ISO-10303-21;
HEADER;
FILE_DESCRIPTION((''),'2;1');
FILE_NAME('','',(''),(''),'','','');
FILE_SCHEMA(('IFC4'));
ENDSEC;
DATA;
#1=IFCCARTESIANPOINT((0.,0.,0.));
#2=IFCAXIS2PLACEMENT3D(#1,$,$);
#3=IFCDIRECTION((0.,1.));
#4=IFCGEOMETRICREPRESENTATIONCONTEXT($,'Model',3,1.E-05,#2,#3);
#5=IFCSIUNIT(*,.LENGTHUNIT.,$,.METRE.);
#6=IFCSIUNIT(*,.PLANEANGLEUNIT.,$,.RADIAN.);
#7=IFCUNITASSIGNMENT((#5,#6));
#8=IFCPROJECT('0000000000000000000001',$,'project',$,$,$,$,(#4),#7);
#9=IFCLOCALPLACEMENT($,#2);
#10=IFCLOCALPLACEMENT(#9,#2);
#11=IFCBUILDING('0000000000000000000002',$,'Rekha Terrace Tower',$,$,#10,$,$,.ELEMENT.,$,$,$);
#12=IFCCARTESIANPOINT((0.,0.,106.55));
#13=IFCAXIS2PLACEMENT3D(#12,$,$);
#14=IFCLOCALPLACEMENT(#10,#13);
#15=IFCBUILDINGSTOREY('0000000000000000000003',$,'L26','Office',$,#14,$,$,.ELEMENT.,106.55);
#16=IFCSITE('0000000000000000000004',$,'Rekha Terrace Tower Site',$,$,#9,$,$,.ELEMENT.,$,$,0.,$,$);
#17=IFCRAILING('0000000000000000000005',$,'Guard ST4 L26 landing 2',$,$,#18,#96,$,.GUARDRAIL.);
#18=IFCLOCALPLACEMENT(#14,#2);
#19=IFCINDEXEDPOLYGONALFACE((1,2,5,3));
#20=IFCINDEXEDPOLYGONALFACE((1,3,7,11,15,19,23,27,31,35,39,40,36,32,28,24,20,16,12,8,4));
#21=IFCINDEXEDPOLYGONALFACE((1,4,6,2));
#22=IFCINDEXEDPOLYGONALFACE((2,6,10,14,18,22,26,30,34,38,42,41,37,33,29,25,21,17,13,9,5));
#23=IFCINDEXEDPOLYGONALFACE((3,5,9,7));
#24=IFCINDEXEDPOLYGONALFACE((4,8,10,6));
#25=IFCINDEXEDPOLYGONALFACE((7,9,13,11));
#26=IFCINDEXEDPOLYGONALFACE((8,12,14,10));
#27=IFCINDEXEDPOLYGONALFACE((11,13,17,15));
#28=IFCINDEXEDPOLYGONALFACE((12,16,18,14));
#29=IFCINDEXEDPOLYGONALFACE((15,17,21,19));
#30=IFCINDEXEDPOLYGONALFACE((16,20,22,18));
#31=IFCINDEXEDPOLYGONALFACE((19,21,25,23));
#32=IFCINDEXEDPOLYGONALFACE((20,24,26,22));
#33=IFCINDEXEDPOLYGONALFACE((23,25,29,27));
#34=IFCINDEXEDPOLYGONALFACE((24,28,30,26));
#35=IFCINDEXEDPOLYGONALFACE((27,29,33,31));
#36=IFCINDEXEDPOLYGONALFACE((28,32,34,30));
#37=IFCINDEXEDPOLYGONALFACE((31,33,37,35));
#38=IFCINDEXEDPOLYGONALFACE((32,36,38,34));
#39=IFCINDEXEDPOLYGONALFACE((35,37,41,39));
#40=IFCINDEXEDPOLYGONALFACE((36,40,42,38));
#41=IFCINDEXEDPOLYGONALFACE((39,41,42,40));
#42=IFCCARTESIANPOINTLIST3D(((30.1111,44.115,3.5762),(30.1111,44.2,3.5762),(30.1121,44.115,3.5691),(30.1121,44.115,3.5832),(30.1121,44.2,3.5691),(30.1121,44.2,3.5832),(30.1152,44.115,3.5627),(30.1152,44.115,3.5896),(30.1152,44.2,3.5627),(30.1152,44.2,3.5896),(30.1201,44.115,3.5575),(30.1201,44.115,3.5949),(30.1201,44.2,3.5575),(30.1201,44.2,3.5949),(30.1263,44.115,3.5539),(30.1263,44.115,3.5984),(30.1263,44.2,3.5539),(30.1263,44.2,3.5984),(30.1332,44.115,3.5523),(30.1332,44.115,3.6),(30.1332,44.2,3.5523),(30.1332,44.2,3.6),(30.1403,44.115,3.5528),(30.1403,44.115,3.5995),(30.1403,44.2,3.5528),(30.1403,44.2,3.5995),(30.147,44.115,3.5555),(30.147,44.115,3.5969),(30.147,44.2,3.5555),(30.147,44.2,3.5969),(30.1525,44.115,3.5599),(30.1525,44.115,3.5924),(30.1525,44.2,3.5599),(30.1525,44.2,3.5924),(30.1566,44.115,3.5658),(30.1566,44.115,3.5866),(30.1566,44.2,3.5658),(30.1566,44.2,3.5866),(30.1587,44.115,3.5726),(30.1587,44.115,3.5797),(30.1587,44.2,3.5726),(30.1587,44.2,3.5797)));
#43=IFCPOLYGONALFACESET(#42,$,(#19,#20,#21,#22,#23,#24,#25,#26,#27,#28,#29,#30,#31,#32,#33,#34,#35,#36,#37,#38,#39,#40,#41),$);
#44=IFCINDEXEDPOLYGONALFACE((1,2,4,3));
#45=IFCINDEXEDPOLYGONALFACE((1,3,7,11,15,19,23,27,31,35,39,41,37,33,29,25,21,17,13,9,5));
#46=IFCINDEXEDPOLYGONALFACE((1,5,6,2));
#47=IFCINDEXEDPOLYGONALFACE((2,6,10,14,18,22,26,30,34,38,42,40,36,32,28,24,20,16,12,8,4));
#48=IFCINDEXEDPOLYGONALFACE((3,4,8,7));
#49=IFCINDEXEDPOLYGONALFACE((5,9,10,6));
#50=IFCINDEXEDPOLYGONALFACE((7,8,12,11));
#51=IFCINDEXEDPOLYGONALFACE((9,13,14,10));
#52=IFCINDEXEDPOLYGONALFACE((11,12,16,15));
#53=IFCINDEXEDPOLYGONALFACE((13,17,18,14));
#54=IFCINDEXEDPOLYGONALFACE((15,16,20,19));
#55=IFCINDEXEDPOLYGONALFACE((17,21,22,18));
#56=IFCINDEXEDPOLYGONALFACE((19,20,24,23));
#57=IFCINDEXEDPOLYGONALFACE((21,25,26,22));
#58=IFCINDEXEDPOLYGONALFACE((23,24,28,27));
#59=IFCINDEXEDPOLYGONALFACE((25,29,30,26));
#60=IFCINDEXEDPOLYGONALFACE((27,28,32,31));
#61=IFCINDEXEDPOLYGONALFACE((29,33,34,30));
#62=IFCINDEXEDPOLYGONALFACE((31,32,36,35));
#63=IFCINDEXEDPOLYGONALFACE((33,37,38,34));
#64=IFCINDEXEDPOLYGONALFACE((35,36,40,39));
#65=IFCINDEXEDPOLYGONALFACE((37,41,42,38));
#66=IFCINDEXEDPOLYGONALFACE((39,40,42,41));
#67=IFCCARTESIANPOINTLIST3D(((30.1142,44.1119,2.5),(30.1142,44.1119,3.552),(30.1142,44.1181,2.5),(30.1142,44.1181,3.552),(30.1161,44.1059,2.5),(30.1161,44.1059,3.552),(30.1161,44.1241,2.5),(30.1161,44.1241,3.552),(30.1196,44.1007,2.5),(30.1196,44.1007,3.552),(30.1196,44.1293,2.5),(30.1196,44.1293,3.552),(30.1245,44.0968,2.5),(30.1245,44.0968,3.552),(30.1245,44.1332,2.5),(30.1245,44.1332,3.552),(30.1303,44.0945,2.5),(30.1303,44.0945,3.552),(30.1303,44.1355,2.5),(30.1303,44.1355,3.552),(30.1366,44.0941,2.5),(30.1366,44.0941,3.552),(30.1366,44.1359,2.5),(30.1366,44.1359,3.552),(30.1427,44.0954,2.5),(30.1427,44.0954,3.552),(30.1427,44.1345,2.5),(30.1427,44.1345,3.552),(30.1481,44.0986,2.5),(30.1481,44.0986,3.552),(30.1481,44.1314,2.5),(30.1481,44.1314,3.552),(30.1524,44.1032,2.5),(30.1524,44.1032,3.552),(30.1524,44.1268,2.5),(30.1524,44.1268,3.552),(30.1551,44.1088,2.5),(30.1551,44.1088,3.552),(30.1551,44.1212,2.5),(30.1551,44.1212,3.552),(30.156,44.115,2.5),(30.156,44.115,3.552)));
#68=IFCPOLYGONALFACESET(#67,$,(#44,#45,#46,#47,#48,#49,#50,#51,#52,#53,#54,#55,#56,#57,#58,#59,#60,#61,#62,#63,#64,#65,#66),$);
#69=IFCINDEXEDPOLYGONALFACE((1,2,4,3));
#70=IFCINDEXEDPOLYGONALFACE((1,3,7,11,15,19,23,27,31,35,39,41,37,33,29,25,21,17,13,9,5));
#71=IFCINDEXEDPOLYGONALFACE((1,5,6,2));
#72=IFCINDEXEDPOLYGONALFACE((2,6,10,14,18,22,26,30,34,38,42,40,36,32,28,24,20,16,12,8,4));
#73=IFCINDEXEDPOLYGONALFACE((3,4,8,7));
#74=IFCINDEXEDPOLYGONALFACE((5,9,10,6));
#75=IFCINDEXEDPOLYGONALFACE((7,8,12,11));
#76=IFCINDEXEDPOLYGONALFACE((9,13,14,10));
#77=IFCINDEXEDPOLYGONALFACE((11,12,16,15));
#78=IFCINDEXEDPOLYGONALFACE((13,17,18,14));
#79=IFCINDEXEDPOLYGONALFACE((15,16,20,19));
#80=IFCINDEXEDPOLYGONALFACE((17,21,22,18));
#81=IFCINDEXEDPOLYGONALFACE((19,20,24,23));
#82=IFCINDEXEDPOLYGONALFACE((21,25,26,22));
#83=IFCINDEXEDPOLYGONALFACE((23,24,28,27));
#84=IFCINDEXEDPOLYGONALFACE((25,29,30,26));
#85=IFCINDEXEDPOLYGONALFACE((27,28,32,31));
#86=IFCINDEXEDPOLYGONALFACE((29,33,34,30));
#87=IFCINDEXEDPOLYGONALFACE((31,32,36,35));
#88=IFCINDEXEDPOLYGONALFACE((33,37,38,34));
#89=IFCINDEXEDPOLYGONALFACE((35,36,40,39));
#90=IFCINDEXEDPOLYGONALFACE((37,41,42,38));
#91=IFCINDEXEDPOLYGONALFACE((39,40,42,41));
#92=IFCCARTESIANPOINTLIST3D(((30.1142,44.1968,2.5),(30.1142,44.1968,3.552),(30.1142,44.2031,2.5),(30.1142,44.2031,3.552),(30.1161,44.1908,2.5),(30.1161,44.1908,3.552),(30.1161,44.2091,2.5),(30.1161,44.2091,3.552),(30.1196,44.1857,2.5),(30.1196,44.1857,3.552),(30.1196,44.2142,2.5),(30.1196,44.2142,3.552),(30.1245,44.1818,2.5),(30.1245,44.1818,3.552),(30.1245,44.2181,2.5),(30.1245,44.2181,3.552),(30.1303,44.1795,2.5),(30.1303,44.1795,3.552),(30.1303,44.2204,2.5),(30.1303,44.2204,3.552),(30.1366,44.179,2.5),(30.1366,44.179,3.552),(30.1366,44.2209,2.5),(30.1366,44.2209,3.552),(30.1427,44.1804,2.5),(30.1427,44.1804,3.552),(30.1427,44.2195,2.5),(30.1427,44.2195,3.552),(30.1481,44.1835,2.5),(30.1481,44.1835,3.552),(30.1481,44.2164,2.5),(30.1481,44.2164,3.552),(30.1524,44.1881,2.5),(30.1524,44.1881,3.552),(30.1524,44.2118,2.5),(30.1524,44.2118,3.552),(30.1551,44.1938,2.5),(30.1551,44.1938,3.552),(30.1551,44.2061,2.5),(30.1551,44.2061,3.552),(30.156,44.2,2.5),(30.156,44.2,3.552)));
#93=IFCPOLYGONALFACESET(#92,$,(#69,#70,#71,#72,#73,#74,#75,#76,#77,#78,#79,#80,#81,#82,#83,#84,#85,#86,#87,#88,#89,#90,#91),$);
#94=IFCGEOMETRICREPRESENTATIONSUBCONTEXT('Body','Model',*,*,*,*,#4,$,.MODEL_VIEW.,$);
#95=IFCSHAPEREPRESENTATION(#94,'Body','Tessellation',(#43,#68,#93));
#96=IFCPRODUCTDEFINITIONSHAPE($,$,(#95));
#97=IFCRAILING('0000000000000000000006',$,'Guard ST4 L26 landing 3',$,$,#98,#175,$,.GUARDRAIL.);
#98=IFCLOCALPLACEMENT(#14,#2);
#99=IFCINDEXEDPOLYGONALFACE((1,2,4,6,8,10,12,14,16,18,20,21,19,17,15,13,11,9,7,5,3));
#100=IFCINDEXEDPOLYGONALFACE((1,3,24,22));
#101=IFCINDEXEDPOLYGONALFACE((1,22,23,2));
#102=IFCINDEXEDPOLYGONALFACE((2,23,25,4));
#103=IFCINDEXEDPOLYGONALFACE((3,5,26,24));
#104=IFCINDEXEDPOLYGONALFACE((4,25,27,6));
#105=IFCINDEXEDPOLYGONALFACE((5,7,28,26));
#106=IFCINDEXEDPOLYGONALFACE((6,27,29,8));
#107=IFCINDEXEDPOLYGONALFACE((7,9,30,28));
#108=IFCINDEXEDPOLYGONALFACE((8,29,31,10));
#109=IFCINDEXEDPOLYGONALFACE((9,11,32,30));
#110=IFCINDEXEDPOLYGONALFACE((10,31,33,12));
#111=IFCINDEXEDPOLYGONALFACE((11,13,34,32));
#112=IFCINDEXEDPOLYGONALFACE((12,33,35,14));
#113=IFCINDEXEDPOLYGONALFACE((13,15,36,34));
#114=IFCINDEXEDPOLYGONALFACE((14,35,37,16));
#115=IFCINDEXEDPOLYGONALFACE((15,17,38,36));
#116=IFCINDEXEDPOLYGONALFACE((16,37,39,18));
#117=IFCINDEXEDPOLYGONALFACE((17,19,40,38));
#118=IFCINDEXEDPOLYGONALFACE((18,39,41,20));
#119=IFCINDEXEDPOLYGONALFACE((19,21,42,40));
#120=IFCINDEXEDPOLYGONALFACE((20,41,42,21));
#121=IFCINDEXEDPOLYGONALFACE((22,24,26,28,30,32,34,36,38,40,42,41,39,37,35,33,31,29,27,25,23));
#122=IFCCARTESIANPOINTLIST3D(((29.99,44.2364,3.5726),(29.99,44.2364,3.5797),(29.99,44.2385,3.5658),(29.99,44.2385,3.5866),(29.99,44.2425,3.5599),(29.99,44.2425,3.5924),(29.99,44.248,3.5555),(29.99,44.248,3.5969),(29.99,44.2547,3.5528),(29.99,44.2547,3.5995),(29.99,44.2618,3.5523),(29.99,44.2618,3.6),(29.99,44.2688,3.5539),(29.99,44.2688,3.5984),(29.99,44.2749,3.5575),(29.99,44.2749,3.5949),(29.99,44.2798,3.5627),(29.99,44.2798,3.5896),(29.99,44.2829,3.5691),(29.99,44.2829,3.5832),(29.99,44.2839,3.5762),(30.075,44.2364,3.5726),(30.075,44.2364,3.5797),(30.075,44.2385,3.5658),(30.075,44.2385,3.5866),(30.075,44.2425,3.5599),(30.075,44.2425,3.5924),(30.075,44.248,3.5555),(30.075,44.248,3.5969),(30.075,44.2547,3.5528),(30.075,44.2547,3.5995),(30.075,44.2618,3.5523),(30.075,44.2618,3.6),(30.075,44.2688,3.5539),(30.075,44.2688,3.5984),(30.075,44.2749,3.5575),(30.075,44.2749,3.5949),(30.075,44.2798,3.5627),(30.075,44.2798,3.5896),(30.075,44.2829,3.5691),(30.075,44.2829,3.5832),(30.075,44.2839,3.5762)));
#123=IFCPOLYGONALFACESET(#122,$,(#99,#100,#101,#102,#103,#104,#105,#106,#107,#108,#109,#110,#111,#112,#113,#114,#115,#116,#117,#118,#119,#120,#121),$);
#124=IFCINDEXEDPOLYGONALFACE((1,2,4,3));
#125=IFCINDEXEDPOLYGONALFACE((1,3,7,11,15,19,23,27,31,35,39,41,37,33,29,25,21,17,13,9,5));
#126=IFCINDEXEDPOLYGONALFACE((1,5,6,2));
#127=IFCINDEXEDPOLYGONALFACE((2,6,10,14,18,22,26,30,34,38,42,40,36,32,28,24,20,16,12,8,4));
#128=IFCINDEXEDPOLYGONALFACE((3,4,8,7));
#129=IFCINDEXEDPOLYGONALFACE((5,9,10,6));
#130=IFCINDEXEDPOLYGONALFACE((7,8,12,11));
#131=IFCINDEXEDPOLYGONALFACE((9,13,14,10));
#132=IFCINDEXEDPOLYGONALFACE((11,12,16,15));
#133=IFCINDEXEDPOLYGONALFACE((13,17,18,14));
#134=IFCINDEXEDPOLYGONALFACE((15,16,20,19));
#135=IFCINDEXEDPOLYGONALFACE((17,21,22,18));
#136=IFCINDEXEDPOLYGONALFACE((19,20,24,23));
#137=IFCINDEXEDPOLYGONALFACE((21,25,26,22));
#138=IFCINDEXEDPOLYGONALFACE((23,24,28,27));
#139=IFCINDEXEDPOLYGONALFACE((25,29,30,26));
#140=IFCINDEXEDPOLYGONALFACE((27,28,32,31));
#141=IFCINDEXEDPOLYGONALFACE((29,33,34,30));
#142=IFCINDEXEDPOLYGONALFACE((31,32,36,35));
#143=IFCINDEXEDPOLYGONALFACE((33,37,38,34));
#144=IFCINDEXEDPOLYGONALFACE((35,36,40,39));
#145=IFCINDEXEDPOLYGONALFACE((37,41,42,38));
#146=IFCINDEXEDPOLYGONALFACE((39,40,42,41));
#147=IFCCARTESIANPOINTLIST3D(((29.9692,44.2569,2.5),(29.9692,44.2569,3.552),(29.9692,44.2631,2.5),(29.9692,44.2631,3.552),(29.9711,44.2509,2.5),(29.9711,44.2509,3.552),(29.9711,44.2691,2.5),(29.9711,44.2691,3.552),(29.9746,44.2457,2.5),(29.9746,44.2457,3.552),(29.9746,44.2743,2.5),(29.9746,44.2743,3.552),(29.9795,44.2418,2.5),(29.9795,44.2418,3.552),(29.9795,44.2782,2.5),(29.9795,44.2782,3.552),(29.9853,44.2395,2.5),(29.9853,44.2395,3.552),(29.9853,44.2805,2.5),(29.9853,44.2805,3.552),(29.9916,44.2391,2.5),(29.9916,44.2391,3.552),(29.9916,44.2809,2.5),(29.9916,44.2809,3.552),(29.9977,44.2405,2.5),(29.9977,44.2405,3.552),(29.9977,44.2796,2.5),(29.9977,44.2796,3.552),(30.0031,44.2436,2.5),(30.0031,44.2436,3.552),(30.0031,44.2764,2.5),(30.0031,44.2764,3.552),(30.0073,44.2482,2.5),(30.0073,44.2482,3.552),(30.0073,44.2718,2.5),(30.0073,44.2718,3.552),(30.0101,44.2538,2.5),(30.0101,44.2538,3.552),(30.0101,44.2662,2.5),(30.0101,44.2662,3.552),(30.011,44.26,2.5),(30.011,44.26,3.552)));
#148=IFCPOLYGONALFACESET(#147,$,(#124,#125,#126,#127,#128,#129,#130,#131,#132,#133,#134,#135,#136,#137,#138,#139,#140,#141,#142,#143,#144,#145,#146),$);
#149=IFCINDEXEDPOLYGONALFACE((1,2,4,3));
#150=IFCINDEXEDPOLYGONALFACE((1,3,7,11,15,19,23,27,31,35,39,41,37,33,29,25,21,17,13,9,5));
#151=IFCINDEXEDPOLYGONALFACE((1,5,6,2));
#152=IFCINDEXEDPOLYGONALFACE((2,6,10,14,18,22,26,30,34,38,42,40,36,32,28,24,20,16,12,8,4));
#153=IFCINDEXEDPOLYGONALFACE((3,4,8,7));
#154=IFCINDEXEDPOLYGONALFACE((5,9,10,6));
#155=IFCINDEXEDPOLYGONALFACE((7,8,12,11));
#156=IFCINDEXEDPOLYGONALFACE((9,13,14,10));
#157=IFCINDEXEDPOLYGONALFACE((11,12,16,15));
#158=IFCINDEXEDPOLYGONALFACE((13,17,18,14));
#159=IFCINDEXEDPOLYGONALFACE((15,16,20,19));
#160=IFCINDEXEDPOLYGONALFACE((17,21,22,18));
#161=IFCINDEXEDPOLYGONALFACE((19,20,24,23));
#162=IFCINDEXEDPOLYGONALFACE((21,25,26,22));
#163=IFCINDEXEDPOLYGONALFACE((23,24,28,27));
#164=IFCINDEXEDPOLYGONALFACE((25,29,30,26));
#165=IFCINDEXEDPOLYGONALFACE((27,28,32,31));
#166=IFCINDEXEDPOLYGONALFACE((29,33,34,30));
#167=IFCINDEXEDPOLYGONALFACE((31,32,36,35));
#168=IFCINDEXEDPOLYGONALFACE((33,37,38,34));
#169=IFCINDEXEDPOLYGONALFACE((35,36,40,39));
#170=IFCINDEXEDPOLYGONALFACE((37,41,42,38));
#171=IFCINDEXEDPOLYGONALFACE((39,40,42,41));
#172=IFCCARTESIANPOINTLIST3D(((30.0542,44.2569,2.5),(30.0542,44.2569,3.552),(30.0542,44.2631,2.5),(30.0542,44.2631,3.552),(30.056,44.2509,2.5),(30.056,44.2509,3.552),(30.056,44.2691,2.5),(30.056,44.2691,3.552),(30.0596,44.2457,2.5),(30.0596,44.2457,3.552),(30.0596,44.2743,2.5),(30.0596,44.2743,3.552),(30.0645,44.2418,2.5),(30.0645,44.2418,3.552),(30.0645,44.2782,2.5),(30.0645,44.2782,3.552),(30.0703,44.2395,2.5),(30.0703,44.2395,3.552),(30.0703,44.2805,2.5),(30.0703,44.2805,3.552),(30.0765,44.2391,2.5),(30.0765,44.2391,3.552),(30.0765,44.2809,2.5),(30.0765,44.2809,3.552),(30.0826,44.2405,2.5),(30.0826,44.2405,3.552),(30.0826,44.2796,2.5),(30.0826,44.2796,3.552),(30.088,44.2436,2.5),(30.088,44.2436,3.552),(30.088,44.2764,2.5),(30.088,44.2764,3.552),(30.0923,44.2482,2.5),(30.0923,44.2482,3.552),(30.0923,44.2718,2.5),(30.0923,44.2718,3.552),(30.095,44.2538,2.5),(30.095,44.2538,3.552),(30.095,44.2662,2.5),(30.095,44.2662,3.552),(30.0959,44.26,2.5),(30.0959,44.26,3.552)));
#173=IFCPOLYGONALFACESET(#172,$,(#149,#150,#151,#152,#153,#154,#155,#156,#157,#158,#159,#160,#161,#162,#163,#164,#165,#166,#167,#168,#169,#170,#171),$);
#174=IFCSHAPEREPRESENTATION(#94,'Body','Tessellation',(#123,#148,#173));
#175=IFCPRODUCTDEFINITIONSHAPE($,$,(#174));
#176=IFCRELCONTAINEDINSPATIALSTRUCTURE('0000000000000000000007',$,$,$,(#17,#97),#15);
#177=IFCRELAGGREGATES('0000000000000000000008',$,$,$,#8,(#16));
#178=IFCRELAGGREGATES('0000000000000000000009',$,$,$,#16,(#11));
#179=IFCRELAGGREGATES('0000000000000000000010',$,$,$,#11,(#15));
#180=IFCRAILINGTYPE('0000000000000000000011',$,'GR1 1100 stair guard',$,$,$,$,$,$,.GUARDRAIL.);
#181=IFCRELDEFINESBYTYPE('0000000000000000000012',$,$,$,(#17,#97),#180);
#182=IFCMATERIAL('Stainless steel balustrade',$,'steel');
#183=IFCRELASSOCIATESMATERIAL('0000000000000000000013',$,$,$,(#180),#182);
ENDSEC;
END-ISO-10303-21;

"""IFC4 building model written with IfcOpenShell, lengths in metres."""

from ifc_helpers import new_model, si_unit, direction, frame, origin, origin_2d, place, context, subcontext, project, spatial, circle, extrude, material, type_object, element, save


model = new_model("IFC4")

# Units and contexts
model_context = context("Model", 3, precision=1e-05, world=origin(), true_north=direction((0.0, 1.0)))
body_context = subcontext(model_context, "Body", "Model", "MODEL_VIEW")
ifc_project = project(units=[si_unit("LENGTHUNIT", "METRE"), si_unit("PLANEANGLEUNIT", "RADIAN")], contexts=[model_context])

# Site, building, storey
site_placement = place(None, origin())
site = spatial("IfcSite", under=ifc_project, at=site_placement, Name="Rekha Terrace Tower Site", CompositionType="ELEMENT", RefElevation=0.0)
building_placement = place(site_placement, origin())
building = spatial("IfcBuilding", under=site, at=building_placement, Name="Rekha Terrace Tower", CompositionType="ELEMENT")
storey_placement = place(building_placement, frame((0.0, 0.0, 106.55)))
storey = spatial("IfcBuildingStorey", under=building, at=storey_placement, Name="L26", Description="Office", CompositionType="ELEMENT", Elevation=106.55)

# Railings
ifc_material_1 = material(Name="Stainless steel balustrade", Category="steel")
railing_type_1 = type_object("IfcRailingType", Name="GR1 1100 stair guard", PredefinedType="GUARDRAIL", material=ifc_material_1)
railing_1_placement = place(storey_placement, frame((30.135, 44.115, 2.5)))
element("IfcRailing", 1, at=railing_1_placement, inside=storey, type_object=railing_type_1, Name="Guard ST4 L26 landing 2", PredefinedType="GUARDRAIL", context=body_context, shape_type="SweptSolid", body=[
    extrude(circle(Radius=0.0239, at=origin_2d()), frame((0.0, 0.0, 1.0762), z_axis=(0.0, 1.0, 0.0), x_axis=(-1.0, 0.0, 0.0)), (0.0, 0.0, 1.0), 0.085),
    extrude(circle(Radius=0.021, at=origin_2d()), origin(), (0.0, 0.0, 1.0), 1.052),
    extrude(circle(Radius=0.021, at=origin_2d()), frame((0.0, 0.085, 0.0)), (0.0, 0.0, 1.0), 1.052),
])
railing_2_placement = place(storey_placement, frame((29.99, 44.26, 2.5)))
element("IfcRailing", 2, at=railing_2_placement, inside=storey, type_object=railing_type_1, Name="Guard ST4 L26 landing 3", PredefinedType="GUARDRAIL", context=body_context, shape_type="SweptSolid", body=[
    extrude(circle(Radius=0.0239, at=origin_2d()), frame((0.0, 0.0, 1.0762), z_axis=(1.0, 0.0, 0.0), x_axis=(0.0, 1.0, 0.0)), (0.0, 0.0, 1.0), 0.085),
    extrude(circle(Radius=0.021, at=origin_2d()), origin(), (0.0, 0.0, 1.0), 1.052),
    extrude(circle(Radius=0.021, at=origin_2d()), frame((0.085, 0.0, 0.0)), (0.0, 0.0, 1.0), 1.052),
])

save(model, "model.ifc")
